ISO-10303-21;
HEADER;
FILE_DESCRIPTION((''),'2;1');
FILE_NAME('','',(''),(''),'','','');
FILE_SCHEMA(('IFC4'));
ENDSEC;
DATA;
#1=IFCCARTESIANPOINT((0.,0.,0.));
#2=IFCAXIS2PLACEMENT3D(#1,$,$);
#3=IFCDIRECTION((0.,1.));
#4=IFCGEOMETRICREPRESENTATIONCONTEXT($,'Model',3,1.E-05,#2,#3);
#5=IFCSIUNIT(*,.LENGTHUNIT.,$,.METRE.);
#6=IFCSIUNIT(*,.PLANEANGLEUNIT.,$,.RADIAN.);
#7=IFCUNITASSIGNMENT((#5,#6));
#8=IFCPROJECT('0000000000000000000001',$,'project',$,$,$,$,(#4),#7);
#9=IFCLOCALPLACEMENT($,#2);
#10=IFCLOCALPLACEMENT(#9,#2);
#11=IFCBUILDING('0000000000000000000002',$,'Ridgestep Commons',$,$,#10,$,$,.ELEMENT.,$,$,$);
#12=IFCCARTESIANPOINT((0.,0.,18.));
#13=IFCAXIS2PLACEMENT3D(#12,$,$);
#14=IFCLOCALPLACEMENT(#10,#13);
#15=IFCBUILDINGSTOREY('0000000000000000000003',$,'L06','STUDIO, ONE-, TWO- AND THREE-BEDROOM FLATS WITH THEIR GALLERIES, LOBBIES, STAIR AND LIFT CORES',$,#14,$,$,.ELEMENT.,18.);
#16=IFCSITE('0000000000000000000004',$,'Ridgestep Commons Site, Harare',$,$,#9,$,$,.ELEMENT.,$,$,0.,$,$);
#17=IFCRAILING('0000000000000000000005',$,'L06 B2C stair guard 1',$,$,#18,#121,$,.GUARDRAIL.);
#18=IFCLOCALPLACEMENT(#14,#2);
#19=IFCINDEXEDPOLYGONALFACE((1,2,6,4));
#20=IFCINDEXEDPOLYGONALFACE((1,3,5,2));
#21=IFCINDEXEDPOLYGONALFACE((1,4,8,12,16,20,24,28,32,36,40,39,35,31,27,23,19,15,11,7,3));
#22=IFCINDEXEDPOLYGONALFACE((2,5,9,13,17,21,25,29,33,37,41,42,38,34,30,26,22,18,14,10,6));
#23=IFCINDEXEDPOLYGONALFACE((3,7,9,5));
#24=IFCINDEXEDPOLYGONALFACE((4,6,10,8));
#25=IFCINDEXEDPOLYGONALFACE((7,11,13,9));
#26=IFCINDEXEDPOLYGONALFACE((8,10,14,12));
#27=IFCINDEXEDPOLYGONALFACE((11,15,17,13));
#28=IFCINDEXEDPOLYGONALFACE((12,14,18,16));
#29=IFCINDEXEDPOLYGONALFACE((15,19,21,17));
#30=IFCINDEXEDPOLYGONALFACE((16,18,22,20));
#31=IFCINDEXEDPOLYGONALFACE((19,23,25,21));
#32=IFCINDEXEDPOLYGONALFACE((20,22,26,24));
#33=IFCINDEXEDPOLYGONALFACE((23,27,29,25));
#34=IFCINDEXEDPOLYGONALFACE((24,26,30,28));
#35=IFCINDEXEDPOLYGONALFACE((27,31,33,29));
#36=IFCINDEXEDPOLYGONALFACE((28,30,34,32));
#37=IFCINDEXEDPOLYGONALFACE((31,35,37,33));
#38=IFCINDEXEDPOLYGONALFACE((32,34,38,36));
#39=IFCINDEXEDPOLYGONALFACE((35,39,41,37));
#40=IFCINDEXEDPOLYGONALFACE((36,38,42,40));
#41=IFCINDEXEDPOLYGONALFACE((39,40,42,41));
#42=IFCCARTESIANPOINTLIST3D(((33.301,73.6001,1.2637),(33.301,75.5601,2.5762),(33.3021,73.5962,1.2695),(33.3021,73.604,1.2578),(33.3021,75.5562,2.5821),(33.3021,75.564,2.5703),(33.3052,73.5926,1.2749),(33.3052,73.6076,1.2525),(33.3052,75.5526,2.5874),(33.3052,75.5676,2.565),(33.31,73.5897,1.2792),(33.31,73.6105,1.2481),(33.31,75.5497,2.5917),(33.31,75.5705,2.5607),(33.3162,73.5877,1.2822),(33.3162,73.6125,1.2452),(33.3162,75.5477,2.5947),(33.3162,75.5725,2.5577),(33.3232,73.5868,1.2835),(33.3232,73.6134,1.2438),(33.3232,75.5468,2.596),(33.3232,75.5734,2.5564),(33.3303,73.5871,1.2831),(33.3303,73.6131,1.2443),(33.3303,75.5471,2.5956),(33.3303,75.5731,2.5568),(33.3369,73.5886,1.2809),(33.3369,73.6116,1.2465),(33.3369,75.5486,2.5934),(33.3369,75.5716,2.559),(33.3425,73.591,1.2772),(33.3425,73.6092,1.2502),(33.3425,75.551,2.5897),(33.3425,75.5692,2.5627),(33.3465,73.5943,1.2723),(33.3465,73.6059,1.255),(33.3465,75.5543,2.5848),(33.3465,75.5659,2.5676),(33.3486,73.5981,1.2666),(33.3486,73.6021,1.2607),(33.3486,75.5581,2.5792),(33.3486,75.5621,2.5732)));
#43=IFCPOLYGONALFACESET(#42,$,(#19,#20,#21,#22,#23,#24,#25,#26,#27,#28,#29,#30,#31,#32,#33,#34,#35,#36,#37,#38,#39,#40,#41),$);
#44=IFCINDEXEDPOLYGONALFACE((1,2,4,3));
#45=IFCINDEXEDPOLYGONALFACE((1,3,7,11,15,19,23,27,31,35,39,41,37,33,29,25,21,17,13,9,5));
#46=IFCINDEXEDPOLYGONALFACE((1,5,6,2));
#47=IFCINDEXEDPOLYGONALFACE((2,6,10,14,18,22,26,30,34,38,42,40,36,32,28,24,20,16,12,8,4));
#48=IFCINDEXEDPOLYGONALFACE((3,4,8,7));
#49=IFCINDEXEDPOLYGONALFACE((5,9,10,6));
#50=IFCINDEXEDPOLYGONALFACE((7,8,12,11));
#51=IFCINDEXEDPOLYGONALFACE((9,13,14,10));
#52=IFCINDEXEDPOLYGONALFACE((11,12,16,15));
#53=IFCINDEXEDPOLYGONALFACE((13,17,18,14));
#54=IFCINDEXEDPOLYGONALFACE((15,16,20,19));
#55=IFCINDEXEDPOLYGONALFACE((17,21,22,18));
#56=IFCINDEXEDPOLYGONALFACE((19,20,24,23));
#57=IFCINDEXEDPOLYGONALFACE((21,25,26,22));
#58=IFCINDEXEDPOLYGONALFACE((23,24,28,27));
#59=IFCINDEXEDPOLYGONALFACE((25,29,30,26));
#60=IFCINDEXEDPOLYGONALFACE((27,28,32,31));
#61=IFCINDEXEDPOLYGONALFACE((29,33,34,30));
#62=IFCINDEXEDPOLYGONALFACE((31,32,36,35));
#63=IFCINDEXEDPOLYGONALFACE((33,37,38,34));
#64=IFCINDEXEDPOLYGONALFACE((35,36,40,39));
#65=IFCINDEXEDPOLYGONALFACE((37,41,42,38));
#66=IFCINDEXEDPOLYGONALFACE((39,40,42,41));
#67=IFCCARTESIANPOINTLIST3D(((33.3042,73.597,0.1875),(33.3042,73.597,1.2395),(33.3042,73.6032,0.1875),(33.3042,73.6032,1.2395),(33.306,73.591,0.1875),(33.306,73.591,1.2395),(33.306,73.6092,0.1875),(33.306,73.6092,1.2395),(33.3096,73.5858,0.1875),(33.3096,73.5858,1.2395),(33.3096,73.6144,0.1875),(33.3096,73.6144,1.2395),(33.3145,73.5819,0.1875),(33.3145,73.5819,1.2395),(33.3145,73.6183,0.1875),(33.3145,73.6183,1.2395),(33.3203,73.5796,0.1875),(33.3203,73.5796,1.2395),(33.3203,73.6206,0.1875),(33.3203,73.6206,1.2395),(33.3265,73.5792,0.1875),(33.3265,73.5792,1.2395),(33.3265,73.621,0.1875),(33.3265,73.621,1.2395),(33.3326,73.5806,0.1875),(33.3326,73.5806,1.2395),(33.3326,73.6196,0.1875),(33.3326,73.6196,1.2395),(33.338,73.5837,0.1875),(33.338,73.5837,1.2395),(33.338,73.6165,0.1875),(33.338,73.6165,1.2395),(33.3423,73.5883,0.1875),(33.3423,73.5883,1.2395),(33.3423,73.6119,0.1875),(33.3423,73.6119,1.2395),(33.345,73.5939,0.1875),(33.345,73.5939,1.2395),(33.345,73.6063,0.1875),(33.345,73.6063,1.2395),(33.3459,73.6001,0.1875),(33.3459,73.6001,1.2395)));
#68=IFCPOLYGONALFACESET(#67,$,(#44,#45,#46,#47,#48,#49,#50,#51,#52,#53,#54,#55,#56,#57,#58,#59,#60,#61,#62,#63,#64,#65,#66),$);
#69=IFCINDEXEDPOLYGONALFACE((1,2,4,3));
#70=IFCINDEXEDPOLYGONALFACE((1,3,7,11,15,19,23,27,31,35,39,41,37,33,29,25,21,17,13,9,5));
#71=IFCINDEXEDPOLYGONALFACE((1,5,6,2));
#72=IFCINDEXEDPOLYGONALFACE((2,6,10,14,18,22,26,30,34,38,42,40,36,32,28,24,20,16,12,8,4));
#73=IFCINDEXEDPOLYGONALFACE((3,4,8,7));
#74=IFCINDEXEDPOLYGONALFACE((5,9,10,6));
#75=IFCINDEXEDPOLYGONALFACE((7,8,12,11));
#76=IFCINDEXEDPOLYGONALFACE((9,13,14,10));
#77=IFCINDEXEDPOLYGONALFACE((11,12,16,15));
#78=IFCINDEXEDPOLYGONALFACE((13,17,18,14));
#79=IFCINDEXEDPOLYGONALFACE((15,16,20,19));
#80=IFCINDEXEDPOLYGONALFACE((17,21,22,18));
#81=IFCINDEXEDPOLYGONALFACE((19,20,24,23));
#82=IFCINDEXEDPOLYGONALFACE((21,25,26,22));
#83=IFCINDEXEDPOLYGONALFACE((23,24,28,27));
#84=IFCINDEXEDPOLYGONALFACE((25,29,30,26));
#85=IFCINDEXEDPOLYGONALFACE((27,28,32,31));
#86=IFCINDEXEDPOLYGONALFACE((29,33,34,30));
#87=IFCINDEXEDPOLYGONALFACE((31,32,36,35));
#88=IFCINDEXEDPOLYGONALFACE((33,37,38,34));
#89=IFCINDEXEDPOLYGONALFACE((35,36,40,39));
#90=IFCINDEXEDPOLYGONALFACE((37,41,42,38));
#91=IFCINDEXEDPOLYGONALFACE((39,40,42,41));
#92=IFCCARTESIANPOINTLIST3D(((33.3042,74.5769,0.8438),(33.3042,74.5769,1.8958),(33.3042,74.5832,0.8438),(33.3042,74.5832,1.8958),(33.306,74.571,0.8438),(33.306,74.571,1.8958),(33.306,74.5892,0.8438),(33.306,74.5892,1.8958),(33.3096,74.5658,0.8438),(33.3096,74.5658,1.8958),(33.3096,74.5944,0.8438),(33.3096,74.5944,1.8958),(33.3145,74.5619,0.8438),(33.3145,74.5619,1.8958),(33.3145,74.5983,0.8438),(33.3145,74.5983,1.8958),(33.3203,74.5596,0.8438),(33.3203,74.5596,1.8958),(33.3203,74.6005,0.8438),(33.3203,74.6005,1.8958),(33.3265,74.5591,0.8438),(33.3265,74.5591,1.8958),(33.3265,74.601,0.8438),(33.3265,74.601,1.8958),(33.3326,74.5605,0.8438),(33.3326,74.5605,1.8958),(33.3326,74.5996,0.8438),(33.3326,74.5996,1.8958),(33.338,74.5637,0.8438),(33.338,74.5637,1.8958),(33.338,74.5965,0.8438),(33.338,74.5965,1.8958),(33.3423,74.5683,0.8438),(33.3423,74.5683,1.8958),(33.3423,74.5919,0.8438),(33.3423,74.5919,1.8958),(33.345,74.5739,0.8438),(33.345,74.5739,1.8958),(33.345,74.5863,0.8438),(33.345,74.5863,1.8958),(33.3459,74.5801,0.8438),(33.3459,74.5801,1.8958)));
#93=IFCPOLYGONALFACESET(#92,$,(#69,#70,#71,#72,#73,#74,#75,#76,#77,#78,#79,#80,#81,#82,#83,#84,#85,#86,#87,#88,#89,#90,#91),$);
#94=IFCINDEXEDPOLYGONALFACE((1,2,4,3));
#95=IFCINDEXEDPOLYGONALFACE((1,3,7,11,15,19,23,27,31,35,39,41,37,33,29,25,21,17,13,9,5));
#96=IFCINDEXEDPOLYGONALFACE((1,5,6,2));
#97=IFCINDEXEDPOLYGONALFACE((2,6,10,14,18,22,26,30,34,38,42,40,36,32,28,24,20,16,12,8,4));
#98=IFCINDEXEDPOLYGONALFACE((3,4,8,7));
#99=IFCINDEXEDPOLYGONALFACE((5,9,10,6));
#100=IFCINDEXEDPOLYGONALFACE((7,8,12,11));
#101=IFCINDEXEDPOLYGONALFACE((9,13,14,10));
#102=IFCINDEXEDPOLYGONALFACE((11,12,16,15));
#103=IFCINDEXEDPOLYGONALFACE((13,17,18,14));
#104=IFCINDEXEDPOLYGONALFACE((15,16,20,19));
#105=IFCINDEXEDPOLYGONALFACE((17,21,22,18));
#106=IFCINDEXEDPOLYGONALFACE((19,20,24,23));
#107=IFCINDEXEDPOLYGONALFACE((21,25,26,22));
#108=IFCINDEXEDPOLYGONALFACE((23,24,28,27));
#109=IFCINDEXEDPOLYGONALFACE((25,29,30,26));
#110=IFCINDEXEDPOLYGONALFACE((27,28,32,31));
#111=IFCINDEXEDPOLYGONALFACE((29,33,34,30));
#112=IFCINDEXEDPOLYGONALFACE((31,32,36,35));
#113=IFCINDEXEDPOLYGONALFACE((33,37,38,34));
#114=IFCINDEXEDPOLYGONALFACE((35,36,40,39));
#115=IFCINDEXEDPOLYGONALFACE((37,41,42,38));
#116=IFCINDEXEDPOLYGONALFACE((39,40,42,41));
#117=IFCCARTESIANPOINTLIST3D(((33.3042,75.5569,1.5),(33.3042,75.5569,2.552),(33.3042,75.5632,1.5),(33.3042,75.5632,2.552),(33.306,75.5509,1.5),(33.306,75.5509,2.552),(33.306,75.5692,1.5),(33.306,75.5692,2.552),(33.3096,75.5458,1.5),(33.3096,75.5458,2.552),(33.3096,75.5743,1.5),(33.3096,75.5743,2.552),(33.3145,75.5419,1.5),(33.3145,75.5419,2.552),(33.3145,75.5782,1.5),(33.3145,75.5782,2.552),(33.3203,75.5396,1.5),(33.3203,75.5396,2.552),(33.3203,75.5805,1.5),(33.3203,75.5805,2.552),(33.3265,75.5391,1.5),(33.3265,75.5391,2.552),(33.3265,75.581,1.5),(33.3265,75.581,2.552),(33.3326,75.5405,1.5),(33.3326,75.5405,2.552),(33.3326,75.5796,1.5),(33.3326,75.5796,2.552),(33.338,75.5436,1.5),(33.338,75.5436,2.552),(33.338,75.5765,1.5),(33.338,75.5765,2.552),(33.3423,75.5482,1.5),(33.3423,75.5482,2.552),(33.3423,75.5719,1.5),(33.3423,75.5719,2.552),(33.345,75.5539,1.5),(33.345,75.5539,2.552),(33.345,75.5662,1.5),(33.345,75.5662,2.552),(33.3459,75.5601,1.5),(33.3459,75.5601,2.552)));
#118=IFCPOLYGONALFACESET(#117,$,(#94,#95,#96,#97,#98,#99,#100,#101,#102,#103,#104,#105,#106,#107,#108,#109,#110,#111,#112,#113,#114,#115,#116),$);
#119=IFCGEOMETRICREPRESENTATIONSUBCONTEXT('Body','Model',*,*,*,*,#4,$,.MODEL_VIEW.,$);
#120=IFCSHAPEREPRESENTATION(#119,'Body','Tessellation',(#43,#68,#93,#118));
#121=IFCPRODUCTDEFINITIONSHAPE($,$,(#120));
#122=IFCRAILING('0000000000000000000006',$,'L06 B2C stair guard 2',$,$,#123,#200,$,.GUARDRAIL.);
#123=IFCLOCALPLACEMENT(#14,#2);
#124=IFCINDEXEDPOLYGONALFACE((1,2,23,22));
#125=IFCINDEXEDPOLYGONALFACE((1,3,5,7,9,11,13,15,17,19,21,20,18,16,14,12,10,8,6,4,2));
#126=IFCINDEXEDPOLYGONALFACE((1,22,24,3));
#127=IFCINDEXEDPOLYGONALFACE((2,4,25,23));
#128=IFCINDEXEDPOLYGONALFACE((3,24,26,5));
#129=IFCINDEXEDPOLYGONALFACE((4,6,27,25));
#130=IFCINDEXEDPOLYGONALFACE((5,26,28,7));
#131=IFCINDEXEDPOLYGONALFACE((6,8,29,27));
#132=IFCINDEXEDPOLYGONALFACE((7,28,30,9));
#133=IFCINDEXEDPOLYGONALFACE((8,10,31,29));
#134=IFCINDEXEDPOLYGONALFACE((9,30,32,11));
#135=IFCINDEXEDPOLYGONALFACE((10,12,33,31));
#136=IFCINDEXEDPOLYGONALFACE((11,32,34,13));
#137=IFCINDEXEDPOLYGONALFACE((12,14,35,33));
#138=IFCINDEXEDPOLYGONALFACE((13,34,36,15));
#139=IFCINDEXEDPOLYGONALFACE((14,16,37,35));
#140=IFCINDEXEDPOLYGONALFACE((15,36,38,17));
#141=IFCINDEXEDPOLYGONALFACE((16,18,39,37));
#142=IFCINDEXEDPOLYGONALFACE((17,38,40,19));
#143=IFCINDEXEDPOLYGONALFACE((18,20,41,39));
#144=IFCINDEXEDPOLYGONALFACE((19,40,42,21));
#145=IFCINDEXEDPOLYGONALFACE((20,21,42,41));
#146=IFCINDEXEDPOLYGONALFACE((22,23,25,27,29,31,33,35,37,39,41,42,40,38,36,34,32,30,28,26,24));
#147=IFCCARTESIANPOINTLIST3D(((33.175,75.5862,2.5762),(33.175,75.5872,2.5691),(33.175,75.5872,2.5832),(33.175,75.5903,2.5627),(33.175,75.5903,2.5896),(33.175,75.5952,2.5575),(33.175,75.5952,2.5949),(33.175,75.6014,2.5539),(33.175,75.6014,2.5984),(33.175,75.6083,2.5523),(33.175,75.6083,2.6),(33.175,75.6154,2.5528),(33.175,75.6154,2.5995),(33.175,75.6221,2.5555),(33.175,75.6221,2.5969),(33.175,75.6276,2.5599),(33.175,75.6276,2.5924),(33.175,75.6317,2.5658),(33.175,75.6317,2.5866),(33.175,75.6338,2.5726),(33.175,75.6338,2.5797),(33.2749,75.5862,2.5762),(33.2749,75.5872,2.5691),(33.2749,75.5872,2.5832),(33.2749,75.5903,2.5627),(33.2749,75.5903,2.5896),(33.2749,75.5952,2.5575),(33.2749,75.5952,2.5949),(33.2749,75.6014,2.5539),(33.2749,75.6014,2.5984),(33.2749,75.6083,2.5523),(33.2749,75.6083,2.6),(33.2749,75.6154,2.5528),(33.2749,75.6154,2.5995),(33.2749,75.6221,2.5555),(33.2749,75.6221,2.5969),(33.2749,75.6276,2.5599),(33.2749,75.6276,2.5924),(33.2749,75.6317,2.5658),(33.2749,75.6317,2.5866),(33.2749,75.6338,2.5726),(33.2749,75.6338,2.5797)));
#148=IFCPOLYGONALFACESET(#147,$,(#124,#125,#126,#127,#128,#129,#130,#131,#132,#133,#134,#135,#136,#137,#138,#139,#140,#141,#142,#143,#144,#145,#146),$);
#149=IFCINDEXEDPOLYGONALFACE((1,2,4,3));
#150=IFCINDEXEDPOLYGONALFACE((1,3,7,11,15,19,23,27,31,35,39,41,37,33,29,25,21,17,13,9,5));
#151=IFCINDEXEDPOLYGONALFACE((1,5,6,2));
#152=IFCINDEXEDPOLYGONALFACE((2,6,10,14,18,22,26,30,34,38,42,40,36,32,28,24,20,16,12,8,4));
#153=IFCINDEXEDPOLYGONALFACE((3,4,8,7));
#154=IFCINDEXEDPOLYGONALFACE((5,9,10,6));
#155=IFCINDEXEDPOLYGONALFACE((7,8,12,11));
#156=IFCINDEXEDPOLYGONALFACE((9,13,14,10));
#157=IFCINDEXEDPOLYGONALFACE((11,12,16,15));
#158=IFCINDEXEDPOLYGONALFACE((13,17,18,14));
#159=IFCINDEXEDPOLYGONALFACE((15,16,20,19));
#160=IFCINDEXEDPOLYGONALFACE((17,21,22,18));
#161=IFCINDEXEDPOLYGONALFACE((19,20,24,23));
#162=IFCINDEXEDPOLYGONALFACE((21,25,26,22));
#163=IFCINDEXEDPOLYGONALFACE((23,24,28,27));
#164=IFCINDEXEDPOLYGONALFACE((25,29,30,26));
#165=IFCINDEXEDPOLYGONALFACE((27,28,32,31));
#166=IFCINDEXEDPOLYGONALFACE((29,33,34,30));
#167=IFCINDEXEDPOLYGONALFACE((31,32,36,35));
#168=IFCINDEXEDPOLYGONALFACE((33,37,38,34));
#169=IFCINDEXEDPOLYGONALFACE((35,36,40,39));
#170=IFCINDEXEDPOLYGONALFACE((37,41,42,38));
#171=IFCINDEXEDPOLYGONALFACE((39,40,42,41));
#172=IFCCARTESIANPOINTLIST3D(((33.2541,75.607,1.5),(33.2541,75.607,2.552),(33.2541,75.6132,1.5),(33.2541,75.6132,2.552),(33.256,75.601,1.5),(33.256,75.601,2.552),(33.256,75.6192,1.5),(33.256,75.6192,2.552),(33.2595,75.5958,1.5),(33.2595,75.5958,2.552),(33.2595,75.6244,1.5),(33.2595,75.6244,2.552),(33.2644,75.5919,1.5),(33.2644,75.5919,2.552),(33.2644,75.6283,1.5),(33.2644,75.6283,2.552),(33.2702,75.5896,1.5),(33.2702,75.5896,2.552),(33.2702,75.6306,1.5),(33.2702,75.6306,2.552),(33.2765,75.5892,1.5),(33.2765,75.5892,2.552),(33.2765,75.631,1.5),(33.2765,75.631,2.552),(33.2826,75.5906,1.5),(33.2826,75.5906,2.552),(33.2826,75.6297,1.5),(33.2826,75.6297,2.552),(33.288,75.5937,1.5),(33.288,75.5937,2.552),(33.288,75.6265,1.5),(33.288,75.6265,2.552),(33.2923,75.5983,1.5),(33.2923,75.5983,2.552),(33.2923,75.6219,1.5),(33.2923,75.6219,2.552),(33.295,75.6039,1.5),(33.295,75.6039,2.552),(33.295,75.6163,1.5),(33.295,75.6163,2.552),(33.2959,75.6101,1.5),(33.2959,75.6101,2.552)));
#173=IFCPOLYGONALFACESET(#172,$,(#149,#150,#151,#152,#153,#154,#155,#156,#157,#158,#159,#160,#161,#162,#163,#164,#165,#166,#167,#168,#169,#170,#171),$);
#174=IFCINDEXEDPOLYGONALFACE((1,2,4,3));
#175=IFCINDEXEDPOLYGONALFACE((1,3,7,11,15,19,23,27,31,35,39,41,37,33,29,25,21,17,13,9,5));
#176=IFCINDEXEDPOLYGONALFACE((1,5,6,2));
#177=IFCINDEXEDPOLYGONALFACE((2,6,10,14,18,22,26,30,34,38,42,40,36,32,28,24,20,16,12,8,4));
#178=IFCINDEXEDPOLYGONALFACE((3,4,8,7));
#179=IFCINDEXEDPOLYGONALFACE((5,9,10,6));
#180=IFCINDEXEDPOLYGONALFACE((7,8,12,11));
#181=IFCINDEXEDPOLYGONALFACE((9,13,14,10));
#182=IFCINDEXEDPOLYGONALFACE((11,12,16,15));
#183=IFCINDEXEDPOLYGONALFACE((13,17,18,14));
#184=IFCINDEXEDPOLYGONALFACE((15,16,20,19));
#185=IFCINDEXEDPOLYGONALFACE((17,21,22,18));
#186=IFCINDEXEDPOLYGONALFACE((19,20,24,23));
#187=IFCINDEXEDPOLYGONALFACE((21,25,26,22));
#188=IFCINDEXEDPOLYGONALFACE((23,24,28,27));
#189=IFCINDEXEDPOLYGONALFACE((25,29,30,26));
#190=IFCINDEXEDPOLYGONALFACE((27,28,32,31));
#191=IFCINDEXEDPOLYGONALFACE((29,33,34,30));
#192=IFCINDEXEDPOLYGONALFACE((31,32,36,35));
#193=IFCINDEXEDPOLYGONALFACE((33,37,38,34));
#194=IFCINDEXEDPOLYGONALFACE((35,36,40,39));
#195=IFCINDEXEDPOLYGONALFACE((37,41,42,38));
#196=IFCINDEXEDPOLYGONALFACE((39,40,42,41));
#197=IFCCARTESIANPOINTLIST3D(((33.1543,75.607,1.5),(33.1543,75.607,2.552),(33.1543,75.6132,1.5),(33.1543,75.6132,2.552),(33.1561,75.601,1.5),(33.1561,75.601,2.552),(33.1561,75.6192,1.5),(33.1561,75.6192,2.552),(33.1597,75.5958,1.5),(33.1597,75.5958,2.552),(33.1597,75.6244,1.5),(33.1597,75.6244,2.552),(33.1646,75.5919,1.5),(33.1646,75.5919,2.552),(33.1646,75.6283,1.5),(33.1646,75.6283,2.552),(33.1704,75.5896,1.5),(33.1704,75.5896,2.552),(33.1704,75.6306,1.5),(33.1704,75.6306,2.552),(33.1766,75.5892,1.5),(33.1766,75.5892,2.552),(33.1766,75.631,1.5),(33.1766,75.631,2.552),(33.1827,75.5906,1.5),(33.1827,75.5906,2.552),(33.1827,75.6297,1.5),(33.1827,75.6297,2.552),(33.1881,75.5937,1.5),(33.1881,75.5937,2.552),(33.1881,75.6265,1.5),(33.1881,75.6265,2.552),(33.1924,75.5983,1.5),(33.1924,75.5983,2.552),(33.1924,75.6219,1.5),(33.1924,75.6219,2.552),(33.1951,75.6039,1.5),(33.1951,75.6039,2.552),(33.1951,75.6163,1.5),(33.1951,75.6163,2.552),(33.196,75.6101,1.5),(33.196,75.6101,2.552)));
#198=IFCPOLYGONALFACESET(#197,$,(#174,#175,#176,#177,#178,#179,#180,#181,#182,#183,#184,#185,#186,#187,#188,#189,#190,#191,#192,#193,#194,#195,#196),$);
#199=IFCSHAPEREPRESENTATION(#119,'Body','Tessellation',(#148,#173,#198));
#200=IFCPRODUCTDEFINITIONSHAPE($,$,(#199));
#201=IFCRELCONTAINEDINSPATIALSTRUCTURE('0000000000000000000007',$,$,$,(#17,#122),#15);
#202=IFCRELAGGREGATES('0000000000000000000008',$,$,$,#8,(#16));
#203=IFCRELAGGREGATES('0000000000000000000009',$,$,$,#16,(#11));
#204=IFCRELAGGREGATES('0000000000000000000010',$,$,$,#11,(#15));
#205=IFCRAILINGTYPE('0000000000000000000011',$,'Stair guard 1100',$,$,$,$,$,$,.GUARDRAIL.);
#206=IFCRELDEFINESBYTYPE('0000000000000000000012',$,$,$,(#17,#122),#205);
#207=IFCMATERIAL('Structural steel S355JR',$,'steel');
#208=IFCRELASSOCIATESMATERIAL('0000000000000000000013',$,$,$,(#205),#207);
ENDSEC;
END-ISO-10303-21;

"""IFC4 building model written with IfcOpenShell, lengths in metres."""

from ifc_helpers import new_model, si_unit, direction, frame, origin, origin_2d, place, context, subcontext, project, spatial, circle, extrude, material, type_object, element, save


model = new_model("IFC4")

# Units and contexts
model_context = context("Model", 3, precision=1e-05, world=origin(), true_north=direction((0.0, 1.0)))
body_context = subcontext(model_context, "Body", "Model", "MODEL_VIEW")
ifc_project = project(units=[si_unit("LENGTHUNIT", "METRE"), si_unit("PLANEANGLEUNIT", "RADIAN")], contexts=[model_context])

# Site, building, storey
site_placement = place(None, origin())
site = spatial("IfcSite", under=ifc_project, at=site_placement, Name="Ridgestep Commons Site, Harare", CompositionType="ELEMENT", RefElevation=0.0)
building_placement = place(site_placement, origin())
building = spatial("IfcBuilding", under=site, at=building_placement, Name="Ridgestep Commons", CompositionType="ELEMENT")
storey_placement = place(building_placement, frame((0.0, 0.0, 18.0)))
storey = spatial("IfcBuildingStorey", under=building, at=storey_placement, Name="L06", Description="STUDIO, ONE-, TWO- AND THREE-BEDROOM FLATS WITH THEIR GALLERIES, LOBBIES, STAIR AND LIFT CORES", CompositionType="ELEMENT", Elevation=18.0)

# Railings
ifc_material_1 = material(Name="Structural steel S355JR", Category="steel")
railing_type_1 = type_object("IfcRailingType", Name="Stair guard 1100", PredefinedType="GUARDRAIL", material=ifc_material_1)
railing_1_placement = place(storey_placement, frame((33.325, 73.6001, 0.1875)))
element("IfcRailing", 1, at=railing_1_placement, inside=storey, type_object=railing_type_1, Name="L06 B2C stair guard 1", PredefinedType="GUARDRAIL", context=body_context, shape_type="SweptSolid", body=[
    extrude(circle(Radius=0.0239, at=origin_2d()), frame((0.0, 0.0, 1.0762), z_axis=(0.0, 0.830902, 0.556419), x_axis=(-1.0, 0.0, 0.0)), (0.0, 0.0, 1.0), 2.3589),
    extrude(circle(Radius=0.021, at=origin_2d()), origin(), (0.0, 0.0, 1.0), 1.052),
    extrude(circle(Radius=0.021, at=origin_2d()), frame((0.0, 0.98, 0.6562)), (0.0, 0.0, 1.0), 1.052),
    extrude(circle(Radius=0.021, at=origin_2d()), frame((0.0, 1.96, 1.3125)), (0.0, 0.0, 1.0), 1.052),
])
railing_2_placement = place(storey_placement, frame((33.2749, 75.6101, 1.5)))
element("IfcRailing", 2, at=railing_2_placement, inside=storey, type_object=railing_type_1, Name="L06 B2C stair guard 2", PredefinedType="GUARDRAIL", context=body_context, shape_type="SweptSolid", body=[
    extrude(circle(Radius=0.0239, at=origin_2d()), frame((0.0, 0.0, 1.0762), z_axis=(-1.0, 0.0, 0.0), x_axis=(0.0, -1.0, 0.0)), (0.0, 0.0, 1.0), 0.0999),
    extrude(circle(Radius=0.021, at=origin_2d()), origin(), (0.0, 0.0, 1.0), 1.052),
    extrude(circle(Radius=0.021, at=origin_2d()), frame((-0.0999, 0.0, 0.0)), (0.0, 0.0, 1.0), 1.052),
])

save(model, "model.ifc")
